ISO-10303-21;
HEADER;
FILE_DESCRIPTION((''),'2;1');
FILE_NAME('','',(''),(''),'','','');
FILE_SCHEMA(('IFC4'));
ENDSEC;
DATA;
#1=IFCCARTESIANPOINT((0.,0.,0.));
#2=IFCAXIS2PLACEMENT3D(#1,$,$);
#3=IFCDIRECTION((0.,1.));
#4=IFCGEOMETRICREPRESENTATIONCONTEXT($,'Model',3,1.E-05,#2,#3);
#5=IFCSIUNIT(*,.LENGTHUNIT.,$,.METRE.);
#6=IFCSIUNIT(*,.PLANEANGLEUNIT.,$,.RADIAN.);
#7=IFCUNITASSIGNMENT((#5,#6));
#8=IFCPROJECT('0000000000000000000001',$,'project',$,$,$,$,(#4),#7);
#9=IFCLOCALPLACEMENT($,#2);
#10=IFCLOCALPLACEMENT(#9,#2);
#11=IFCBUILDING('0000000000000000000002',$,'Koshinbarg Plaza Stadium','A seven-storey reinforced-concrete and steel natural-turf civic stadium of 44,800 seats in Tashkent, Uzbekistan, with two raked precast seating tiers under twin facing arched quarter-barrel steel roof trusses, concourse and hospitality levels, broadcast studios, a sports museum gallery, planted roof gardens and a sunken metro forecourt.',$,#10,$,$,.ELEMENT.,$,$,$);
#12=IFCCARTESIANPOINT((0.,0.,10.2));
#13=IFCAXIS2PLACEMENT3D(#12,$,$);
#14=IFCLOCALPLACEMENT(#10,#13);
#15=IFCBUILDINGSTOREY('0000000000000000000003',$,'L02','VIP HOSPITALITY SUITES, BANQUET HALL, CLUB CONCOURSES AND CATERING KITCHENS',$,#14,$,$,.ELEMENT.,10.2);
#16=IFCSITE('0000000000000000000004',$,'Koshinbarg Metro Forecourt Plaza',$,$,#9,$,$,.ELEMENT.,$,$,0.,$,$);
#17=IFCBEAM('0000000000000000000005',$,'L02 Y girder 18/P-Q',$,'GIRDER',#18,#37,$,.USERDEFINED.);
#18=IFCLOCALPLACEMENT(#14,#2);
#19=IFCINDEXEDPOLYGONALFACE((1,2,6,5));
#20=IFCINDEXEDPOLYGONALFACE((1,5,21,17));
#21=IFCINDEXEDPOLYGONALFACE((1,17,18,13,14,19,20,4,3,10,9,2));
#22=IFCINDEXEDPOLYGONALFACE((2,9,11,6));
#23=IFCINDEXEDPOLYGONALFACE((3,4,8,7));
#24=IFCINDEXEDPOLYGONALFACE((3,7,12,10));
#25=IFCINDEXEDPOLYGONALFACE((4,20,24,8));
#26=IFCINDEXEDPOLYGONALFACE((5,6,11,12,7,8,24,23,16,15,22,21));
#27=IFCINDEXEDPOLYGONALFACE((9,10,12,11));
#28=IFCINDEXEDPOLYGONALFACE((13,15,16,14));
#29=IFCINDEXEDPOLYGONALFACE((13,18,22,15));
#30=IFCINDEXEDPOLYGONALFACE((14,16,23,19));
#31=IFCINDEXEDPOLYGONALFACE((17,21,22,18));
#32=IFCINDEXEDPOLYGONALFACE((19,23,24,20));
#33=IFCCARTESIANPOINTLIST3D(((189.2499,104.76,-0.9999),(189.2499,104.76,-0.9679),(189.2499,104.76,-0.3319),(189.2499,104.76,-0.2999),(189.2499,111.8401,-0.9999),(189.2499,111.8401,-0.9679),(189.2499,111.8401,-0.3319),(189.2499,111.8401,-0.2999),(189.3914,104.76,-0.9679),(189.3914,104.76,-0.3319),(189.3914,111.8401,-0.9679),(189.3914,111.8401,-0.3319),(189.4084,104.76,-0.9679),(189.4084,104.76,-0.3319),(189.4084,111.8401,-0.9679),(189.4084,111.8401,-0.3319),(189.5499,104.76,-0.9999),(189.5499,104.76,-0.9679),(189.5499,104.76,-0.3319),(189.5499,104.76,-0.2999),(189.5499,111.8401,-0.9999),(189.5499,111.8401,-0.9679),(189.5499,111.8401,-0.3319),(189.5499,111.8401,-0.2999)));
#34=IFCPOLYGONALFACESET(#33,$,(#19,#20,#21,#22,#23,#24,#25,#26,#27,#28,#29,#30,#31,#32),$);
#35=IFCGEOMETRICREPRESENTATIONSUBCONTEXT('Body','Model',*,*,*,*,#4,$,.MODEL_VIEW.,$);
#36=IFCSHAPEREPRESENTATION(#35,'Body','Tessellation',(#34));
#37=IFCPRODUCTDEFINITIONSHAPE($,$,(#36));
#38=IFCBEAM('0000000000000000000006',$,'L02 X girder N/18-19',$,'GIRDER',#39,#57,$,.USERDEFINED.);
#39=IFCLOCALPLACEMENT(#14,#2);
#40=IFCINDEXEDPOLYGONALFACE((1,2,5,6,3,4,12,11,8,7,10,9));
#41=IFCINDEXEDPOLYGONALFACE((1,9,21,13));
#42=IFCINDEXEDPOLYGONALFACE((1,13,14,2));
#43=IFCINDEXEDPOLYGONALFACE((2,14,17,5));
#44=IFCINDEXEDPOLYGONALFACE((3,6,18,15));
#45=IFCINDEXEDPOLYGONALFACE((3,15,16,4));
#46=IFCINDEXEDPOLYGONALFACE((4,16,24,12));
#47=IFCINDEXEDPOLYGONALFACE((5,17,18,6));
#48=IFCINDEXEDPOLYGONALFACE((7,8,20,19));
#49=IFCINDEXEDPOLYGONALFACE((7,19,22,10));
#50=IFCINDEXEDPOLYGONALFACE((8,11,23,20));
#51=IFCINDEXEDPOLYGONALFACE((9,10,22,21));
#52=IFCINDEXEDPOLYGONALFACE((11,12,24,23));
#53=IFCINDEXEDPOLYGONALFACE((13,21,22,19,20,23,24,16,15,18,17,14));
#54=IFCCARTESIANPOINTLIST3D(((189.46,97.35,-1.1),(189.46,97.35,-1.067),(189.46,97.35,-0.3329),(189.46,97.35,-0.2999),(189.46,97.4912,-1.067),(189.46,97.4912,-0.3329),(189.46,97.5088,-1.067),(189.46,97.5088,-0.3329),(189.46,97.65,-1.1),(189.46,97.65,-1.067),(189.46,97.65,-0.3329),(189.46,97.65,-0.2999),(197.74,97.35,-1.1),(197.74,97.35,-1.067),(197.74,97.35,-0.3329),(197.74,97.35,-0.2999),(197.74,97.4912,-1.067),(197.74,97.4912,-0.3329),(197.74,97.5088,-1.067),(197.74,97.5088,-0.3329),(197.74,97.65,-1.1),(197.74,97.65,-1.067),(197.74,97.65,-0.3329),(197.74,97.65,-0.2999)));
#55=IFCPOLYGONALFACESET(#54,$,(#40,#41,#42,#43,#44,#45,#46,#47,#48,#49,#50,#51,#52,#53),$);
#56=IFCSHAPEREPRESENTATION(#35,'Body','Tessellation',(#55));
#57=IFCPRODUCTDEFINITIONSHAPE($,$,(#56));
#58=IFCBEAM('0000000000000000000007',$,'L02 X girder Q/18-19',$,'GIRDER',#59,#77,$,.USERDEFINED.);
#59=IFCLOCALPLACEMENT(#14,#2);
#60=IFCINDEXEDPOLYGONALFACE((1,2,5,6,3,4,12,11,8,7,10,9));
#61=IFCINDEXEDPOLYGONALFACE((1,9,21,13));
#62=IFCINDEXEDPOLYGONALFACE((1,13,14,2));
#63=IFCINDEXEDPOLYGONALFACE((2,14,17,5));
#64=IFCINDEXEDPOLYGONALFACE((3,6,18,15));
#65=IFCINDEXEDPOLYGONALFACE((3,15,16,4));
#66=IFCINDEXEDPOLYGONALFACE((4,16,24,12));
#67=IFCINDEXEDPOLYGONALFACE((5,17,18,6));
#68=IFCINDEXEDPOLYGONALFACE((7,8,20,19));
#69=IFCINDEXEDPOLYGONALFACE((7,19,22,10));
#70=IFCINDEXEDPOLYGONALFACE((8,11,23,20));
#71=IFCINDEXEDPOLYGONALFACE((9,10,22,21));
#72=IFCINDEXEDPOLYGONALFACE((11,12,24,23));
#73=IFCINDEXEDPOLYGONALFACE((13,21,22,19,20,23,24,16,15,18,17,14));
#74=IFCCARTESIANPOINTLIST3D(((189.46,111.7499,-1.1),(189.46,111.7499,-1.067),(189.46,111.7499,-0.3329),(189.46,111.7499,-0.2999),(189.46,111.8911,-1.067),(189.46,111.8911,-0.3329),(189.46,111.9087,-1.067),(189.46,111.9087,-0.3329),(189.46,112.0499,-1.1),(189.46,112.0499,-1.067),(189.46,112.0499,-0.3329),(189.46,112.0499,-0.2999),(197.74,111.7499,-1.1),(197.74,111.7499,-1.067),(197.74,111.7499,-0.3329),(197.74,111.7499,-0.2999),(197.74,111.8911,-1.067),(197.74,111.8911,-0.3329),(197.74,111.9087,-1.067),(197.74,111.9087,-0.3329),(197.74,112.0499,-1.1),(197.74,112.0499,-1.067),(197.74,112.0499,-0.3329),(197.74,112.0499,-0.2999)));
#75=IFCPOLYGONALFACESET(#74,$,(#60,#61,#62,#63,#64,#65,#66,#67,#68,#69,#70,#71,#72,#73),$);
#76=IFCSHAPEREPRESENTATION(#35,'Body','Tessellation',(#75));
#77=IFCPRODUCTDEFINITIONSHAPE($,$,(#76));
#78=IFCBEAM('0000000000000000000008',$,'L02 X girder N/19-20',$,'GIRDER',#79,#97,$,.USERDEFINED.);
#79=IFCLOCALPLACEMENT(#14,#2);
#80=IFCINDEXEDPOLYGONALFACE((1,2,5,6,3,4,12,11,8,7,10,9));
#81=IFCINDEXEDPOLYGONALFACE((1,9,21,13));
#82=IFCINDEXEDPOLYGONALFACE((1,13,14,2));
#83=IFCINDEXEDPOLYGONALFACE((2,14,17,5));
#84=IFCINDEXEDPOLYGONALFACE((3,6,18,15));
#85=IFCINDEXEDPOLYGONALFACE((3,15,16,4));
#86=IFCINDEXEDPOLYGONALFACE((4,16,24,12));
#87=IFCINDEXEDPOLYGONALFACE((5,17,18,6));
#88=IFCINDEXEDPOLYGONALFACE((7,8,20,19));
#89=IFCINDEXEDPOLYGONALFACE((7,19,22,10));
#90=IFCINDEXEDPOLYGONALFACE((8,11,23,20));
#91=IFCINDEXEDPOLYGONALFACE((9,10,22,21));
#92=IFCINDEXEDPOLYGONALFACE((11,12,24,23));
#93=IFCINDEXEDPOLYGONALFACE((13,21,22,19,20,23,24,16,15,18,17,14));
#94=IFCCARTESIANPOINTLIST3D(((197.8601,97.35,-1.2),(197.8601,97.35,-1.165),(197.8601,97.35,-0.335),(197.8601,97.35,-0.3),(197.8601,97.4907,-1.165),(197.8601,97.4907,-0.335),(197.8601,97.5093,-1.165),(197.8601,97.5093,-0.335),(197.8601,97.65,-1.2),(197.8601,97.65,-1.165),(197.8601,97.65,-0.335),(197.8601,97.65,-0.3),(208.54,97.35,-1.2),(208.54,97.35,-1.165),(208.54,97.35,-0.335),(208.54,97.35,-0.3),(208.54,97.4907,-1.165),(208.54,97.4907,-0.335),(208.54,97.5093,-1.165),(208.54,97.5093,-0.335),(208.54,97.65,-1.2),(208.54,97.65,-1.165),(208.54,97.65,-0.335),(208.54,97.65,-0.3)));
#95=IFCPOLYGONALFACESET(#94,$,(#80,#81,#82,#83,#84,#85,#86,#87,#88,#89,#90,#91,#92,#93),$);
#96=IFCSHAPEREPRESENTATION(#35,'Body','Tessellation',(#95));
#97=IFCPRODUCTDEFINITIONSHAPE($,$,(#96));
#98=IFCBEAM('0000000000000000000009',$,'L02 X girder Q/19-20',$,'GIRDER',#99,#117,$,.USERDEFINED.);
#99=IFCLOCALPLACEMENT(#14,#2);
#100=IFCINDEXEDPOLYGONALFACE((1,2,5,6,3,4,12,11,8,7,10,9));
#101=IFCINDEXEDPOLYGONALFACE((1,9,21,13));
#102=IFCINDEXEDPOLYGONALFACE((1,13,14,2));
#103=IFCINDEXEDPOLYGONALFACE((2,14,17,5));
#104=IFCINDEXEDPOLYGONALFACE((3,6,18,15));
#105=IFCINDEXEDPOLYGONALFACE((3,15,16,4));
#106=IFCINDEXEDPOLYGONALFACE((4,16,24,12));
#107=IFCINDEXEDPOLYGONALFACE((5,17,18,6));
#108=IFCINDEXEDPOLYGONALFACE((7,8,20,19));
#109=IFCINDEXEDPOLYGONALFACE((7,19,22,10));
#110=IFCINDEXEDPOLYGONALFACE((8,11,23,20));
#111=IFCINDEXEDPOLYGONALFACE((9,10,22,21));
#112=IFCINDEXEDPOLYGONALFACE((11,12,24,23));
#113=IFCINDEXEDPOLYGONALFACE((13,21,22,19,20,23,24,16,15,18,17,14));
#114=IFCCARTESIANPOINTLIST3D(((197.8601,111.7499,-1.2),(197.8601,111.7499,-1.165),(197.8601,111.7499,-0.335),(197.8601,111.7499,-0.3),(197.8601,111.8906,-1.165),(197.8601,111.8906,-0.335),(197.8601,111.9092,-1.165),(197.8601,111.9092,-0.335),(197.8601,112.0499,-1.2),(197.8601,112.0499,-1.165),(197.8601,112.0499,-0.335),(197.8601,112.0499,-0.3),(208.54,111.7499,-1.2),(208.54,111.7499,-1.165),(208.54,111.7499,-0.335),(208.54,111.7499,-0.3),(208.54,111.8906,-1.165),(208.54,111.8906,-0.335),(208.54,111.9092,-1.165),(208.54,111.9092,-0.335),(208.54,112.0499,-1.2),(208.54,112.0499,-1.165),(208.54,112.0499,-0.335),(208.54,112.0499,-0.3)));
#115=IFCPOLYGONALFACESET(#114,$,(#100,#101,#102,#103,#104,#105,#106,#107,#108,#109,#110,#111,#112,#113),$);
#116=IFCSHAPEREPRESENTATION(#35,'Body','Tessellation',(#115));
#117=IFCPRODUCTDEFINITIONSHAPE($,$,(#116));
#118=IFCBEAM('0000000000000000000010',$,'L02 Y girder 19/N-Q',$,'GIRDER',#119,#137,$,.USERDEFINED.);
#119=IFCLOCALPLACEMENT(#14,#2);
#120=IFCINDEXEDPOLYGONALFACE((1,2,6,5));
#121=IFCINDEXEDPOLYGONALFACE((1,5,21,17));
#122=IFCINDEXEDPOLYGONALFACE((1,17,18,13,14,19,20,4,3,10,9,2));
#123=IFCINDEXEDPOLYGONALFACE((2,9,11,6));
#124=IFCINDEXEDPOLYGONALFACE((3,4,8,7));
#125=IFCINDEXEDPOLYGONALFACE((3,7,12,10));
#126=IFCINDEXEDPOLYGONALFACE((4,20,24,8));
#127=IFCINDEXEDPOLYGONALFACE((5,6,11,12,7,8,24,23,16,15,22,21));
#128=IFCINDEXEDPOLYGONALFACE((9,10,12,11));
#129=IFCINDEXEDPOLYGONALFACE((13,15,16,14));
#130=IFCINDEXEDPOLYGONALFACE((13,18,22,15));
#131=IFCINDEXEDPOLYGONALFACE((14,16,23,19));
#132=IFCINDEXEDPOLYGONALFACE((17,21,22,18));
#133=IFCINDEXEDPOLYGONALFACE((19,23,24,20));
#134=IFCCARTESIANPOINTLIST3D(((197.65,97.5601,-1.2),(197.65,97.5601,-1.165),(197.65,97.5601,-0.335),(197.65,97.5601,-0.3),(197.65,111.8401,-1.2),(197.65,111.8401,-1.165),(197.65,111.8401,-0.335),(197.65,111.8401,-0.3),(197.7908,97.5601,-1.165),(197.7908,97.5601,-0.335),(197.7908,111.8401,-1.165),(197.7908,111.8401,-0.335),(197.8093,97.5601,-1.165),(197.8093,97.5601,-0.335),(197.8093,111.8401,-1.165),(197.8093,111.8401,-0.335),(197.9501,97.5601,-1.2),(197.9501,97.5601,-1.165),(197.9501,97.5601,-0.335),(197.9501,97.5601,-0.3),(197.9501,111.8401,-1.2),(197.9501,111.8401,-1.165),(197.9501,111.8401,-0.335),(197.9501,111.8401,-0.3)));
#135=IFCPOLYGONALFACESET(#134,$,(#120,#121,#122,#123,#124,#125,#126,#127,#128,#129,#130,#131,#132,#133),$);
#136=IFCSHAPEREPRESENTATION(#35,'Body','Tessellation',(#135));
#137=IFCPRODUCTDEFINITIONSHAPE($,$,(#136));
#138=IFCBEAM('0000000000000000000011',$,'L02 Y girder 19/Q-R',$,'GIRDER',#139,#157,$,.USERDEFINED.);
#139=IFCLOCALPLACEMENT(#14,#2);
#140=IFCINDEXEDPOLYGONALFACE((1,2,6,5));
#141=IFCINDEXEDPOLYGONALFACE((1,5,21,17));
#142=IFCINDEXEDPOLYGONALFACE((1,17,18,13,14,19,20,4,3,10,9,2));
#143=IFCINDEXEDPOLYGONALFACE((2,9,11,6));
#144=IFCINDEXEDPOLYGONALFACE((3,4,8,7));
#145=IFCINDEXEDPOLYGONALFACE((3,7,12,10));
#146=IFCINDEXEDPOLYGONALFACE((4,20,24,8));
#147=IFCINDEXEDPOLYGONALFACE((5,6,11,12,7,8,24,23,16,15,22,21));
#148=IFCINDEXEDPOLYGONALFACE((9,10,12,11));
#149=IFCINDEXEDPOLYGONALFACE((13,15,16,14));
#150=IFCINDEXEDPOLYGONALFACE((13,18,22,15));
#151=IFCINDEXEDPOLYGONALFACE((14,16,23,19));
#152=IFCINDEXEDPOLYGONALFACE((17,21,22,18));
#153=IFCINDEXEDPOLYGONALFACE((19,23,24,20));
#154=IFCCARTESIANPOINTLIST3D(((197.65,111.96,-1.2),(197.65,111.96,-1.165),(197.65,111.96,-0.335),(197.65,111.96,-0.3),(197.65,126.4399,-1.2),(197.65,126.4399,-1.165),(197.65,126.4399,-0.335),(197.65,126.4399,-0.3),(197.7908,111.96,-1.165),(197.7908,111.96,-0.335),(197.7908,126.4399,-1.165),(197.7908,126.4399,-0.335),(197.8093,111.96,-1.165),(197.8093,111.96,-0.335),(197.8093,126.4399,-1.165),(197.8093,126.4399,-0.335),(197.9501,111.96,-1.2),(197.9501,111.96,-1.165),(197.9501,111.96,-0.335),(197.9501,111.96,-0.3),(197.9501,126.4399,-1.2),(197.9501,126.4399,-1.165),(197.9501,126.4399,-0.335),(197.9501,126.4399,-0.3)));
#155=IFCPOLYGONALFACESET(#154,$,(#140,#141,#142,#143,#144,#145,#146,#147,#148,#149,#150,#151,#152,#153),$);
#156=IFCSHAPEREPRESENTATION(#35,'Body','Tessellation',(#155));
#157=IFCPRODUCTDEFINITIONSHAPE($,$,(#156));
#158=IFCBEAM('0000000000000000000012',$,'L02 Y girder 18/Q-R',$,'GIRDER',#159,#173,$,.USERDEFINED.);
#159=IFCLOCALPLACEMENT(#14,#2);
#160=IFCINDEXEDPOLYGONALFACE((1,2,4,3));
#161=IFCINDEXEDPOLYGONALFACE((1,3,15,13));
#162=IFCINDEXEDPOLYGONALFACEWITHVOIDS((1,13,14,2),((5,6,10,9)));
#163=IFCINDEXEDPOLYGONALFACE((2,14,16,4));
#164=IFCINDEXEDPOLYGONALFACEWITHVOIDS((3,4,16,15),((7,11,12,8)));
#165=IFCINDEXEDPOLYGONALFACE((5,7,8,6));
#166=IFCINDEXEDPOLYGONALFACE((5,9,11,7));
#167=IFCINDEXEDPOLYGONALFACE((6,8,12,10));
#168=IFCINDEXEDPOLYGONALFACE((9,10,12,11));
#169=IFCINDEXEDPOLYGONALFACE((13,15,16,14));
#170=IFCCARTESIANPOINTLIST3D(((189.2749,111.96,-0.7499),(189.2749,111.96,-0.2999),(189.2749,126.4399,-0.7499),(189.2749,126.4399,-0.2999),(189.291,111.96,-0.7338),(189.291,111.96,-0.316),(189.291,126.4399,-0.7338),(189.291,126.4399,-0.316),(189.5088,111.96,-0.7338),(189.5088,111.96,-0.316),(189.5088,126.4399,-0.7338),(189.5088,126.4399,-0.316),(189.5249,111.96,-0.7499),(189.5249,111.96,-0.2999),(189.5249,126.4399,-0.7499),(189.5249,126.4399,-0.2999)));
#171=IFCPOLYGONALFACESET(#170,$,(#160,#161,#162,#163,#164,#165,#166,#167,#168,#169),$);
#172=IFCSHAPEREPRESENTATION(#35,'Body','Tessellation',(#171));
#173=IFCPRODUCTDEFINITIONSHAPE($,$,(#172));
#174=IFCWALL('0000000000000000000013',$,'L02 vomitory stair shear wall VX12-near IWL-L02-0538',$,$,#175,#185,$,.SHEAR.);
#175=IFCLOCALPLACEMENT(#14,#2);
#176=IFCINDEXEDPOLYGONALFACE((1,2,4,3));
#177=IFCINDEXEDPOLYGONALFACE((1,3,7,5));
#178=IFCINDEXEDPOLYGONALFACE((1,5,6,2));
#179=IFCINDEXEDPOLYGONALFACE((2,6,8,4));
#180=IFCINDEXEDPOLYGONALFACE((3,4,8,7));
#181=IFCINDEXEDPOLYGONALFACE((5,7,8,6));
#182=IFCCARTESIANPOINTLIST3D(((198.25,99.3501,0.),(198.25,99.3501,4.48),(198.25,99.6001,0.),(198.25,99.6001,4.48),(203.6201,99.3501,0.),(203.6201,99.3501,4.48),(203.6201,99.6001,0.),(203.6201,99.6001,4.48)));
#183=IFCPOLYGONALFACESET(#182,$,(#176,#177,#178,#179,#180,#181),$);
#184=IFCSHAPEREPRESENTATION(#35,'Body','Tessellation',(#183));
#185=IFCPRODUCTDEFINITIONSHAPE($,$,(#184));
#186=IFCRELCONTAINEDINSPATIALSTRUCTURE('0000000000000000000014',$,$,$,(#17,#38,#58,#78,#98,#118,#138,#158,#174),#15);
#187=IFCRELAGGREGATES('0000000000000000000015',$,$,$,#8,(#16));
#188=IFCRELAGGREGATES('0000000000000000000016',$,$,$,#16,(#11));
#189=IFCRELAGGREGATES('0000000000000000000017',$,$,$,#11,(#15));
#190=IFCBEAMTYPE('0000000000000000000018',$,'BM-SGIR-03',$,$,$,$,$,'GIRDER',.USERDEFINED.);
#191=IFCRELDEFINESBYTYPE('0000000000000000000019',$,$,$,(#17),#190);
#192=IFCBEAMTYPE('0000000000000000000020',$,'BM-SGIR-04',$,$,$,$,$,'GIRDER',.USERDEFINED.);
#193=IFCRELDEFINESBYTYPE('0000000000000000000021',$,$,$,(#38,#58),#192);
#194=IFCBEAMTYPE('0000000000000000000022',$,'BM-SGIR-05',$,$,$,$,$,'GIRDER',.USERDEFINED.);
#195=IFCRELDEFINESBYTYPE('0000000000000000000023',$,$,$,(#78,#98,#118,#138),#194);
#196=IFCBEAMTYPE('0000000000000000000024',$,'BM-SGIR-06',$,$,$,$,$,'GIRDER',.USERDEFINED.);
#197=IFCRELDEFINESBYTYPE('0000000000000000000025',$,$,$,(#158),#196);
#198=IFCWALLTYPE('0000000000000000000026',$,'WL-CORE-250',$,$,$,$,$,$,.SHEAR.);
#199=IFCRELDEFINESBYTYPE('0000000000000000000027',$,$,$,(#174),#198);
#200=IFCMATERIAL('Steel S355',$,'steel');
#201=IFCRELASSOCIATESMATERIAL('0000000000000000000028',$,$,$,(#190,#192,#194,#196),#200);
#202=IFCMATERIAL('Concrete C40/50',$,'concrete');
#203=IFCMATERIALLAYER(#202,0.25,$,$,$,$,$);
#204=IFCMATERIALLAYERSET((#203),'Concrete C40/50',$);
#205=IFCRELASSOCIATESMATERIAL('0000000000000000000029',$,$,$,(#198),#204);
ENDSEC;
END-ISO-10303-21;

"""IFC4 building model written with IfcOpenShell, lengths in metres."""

from ifc_helpers import new_model, si_unit, direction, frame, frame_2d, origin, origin_2d, place, context, subcontext, project, spatial, rectangle, hollow_rectangle, i_section, extrude, material, layer, layer_set, material_profile, profile_set, type_object, element, save


model = new_model("IFC4")

# Units and contexts
model_context = context("Model", 3, precision=1e-05, world=origin(), true_north=direction((0.0, 1.0)))
body_context = subcontext(model_context, "Body", "Model", "MODEL_VIEW")
ifc_project = project(units=[si_unit("LENGTHUNIT", "METRE"), si_unit("PLANEANGLEUNIT", "RADIAN")], contexts=[model_context])

# Site, building, storey
site_placement = place(None, origin())
site = spatial("IfcSite", under=ifc_project, at=site_placement, Name="Koshinbarg Metro Forecourt Plaza", CompositionType="ELEMENT", RefElevation=0.0)
building_placement = place(site_placement, origin())
building = spatial("IfcBuilding", under=site, at=building_placement, Name="Koshinbarg Plaza Stadium", Description="A seven-storey reinforced-concrete and steel natural-turf civic stadium of 44,800 seats in Tashkent, Uzbekistan, with two raked precast seating tiers under twin facing arched quarter-barrel steel roof trusses, concourse and hospitality levels, broadcast studios, a sports museum gallery, planted roof gardens and a sunken metro forecourt.", CompositionType="ELEMENT")
storey_placement = place(building_placement, frame((0.0, 0.0, 10.2)))
storey = spatial("IfcBuildingStorey", under=building, at=storey_placement, Name="L02", Description="VIP HOSPITALITY SUITES, BANQUET HALL, CLUB CONCOURSES AND CATERING KITCHENS", CompositionType="ELEMENT", Elevation=10.2)

# Shared definitions
ifc_material_1 = material(Name="Concrete C40/50", Category="concrete")

# Beams
ifc_material_2 = material(Name="Steel S355", Category="steel")
ifc_material_profile_1 = material_profile(ifc_material_2, i_section(OverallWidth=0.3, OverallDepth=0.7, WebThickness=0.0171, FlangeThickness=0.032, at=origin_2d()), Name="HEB 700")
ifc_profile_set_1 = profile_set([ifc_material_profile_1], Name="Steel S355")
beam_type_1 = type_object("IfcBeamType", Name="BM-SGIR-03", ElementType="GIRDER", PredefinedType="USERDEFINED", material=ifc_profile_set_1)
beam_1_placement = place(storey_placement, frame((189.3999, 104.76, -0.6499), z_axis=(0.0, 1.0, 0.0), x_axis=(-1.0, 0.0, 0.0)))
element("IfcBeam", 1, at=beam_1_placement, inside=storey, type_object=beam_type_1, Name="L02 Y girder 18/P-Q", ObjectType="GIRDER", PredefinedType="USERDEFINED", context=body_context, shape_type="SweptSolid", body=[
    extrude(i_section(OverallWidth=0.3, OverallDepth=0.7, WebThickness=0.0171, FlangeThickness=0.032, at=origin_2d()), origin(), (0.0, 0.0, 1.0), 7.0801),
])
ifc_material_profile_2 = material_profile(ifc_material_2, i_section(OverallWidth=0.3, OverallDepth=0.8, WebThickness=0.0176, FlangeThickness=0.033, at=origin_2d()), Name="HEB 800")
ifc_profile_set_2 = profile_set([ifc_material_profile_2], Name="Steel S355")
beam_type_2 = type_object("IfcBeamType", Name="BM-SGIR-04", ElementType="GIRDER", PredefinedType="USERDEFINED", material=ifc_profile_set_2)
for number, where, z_axis, x_axis, name in (
    (2, (189.46, 97.5, -0.7), (1.0, 0.0, 0.0), (0.0, 1.0, 0.0), "L02 X girder N/18-19"),
    (3, (189.46, 111.8999, -0.7), (1.0, 0.0, 0.0), (0.0, 1.0, 0.0), "L02 X girder Q/18-19"),
):
    element("IfcBeam", number, at=place(storey_placement, frame(where, z_axis=z_axis, x_axis=x_axis)), inside=storey, type_object=beam_type_2, Name=name, ObjectType="GIRDER", PredefinedType="USERDEFINED", context=body_context, shape_type="SweptSolid", body=[
        extrude(i_section(OverallWidth=0.3, OverallDepth=0.8, WebThickness=0.0176, FlangeThickness=0.033, at=origin_2d()), origin(), (0.0, 0.0, 1.0), 8.28),
    ])
ifc_material_profile_3 = material_profile(ifc_material_2, i_section(OverallWidth=0.3, OverallDepth=0.8999, WebThickness=0.0186, FlangeThickness=0.0349, at=origin_2d()), Name="HEB 900")
ifc_profile_set_3 = profile_set([ifc_material_profile_3], Name="Steel S355")
beam_type_3 = type_object("IfcBeamType", Name="BM-SGIR-05", ElementType="GIRDER", PredefinedType="USERDEFINED", material=ifc_profile_set_3)
for number, where, z_axis, x_axis, name in (
    (4, (197.8601, 97.5, -0.75), (1.0, 0.0, 0.0), (0.0, 1.0, 0.0), "L02 X girder N/19-20"),
    (5, (197.8601, 111.8999, -0.75), (1.0, 0.0, 0.0), (0.0, 1.0, 0.0), "L02 X girder Q/19-20"),
):
    element("IfcBeam", number, at=place(storey_placement, frame(where, z_axis=z_axis, x_axis=x_axis)), inside=storey, type_object=beam_type_3, Name=name, ObjectType="GIRDER", PredefinedType="USERDEFINED", context=body_context, shape_type="SweptSolid", body=[
        extrude(i_section(OverallWidth=0.3, OverallDepth=0.8999, WebThickness=0.0186, FlangeThickness=0.0349, at=origin_2d()), origin(), (0.0, 0.0, 1.0), 10.6799),
    ])
beam_2_placement = place(storey_placement, frame((197.8, 97.5601, -0.75), z_axis=(0.0, 1.0, 0.0), x_axis=(-1.0, 0.0, 0.0)))
element("IfcBeam", 6, at=beam_2_placement, inside=storey, type_object=beam_type_3, Name="L02 Y girder 19/N-Q", ObjectType="GIRDER", PredefinedType="USERDEFINED", context=body_context, shape_type="SweptSolid", body=[
    extrude(i_section(OverallWidth=0.3, OverallDepth=0.8999, WebThickness=0.0186, FlangeThickness=0.0349, at=origin_2d()), origin(), (0.0, 0.0, 1.0), 14.28),
])
beam_3_placement = place(storey_placement, frame((197.8, 111.96, -0.75), z_axis=(0.0, 1.0, 0.0), x_axis=(-1.0, 0.0, 0.0)))
element("IfcBeam", 7, at=beam_3_placement, inside=storey, type_object=beam_type_3, Name="L02 Y girder 19/Q-R", ObjectType="GIRDER", PredefinedType="USERDEFINED", context=body_context, shape_type="SweptSolid", body=[
    extrude(i_section(OverallWidth=0.3, OverallDepth=0.8999, WebThickness=0.0186, FlangeThickness=0.0349, at=origin_2d()), origin(), (0.0, 0.0, 1.0), 14.48),
])
ifc_material_profile_4 = material_profile(ifc_material_2, hollow_rectangle(XDim=0.25, YDim=0.45, WallThickness=0.0161, at=origin_2d()), Name="RHS 450x250x16")
ifc_profile_set_4 = profile_set([ifc_material_profile_4], Name="Steel S355")
beam_type_4 = type_object("IfcBeamType", Name="BM-SGIR-06", ElementType="GIRDER", PredefinedType="USERDEFINED", material=ifc_profile_set_4)
beam_4_placement = place(storey_placement, frame((189.3999, 111.96, -0.5249), z_axis=(0.0, 1.0, 0.0), x_axis=(-1.0, 0.0, 0.0)))
element("IfcBeam", 8, at=beam_4_placement, inside=storey, type_object=beam_type_4, Name="L02 Y girder 18/Q-R", ObjectType="GIRDER", PredefinedType="USERDEFINED", context=body_context, shape_type="SweptSolid", body=[
    extrude(hollow_rectangle(XDim=0.25, YDim=0.45, WallThickness=0.0161, at=origin_2d()), origin(), (0.0, 0.0, 1.0), 14.48),
])

# Wall
ifc_layer_1 = layer(ifc_material_1, 0.25)
ifc_layer_set_1 = layer_set([ifc_layer_1], Name="Concrete C40/50")
wall_type_1 = type_object("IfcWallType", Name="WL-CORE-250", PredefinedType="SHEAR", material=ifc_layer_set_1)
wall_1_placement = place(storey_placement, frame((198.25, 99.4751, 0.0), z_axis=(0.0, 0.0, 1.0), x_axis=(1.0, 0.0, 0.0)))
element("IfcWall", 9, at=wall_1_placement, inside=storey, type_object=wall_type_1, Name="L02 vomitory stair shear wall VX12-near IWL-L02-0538", PredefinedType="SHEAR", context=body_context, shape_type="SweptSolid", body=[
    extrude(rectangle(XDim=5.3701, YDim=0.25, at=frame_2d((2.6851, 0.0))), origin(), (0.0, 0.0, 1.0), 4.48),
])

save(model, "model.ifc")
